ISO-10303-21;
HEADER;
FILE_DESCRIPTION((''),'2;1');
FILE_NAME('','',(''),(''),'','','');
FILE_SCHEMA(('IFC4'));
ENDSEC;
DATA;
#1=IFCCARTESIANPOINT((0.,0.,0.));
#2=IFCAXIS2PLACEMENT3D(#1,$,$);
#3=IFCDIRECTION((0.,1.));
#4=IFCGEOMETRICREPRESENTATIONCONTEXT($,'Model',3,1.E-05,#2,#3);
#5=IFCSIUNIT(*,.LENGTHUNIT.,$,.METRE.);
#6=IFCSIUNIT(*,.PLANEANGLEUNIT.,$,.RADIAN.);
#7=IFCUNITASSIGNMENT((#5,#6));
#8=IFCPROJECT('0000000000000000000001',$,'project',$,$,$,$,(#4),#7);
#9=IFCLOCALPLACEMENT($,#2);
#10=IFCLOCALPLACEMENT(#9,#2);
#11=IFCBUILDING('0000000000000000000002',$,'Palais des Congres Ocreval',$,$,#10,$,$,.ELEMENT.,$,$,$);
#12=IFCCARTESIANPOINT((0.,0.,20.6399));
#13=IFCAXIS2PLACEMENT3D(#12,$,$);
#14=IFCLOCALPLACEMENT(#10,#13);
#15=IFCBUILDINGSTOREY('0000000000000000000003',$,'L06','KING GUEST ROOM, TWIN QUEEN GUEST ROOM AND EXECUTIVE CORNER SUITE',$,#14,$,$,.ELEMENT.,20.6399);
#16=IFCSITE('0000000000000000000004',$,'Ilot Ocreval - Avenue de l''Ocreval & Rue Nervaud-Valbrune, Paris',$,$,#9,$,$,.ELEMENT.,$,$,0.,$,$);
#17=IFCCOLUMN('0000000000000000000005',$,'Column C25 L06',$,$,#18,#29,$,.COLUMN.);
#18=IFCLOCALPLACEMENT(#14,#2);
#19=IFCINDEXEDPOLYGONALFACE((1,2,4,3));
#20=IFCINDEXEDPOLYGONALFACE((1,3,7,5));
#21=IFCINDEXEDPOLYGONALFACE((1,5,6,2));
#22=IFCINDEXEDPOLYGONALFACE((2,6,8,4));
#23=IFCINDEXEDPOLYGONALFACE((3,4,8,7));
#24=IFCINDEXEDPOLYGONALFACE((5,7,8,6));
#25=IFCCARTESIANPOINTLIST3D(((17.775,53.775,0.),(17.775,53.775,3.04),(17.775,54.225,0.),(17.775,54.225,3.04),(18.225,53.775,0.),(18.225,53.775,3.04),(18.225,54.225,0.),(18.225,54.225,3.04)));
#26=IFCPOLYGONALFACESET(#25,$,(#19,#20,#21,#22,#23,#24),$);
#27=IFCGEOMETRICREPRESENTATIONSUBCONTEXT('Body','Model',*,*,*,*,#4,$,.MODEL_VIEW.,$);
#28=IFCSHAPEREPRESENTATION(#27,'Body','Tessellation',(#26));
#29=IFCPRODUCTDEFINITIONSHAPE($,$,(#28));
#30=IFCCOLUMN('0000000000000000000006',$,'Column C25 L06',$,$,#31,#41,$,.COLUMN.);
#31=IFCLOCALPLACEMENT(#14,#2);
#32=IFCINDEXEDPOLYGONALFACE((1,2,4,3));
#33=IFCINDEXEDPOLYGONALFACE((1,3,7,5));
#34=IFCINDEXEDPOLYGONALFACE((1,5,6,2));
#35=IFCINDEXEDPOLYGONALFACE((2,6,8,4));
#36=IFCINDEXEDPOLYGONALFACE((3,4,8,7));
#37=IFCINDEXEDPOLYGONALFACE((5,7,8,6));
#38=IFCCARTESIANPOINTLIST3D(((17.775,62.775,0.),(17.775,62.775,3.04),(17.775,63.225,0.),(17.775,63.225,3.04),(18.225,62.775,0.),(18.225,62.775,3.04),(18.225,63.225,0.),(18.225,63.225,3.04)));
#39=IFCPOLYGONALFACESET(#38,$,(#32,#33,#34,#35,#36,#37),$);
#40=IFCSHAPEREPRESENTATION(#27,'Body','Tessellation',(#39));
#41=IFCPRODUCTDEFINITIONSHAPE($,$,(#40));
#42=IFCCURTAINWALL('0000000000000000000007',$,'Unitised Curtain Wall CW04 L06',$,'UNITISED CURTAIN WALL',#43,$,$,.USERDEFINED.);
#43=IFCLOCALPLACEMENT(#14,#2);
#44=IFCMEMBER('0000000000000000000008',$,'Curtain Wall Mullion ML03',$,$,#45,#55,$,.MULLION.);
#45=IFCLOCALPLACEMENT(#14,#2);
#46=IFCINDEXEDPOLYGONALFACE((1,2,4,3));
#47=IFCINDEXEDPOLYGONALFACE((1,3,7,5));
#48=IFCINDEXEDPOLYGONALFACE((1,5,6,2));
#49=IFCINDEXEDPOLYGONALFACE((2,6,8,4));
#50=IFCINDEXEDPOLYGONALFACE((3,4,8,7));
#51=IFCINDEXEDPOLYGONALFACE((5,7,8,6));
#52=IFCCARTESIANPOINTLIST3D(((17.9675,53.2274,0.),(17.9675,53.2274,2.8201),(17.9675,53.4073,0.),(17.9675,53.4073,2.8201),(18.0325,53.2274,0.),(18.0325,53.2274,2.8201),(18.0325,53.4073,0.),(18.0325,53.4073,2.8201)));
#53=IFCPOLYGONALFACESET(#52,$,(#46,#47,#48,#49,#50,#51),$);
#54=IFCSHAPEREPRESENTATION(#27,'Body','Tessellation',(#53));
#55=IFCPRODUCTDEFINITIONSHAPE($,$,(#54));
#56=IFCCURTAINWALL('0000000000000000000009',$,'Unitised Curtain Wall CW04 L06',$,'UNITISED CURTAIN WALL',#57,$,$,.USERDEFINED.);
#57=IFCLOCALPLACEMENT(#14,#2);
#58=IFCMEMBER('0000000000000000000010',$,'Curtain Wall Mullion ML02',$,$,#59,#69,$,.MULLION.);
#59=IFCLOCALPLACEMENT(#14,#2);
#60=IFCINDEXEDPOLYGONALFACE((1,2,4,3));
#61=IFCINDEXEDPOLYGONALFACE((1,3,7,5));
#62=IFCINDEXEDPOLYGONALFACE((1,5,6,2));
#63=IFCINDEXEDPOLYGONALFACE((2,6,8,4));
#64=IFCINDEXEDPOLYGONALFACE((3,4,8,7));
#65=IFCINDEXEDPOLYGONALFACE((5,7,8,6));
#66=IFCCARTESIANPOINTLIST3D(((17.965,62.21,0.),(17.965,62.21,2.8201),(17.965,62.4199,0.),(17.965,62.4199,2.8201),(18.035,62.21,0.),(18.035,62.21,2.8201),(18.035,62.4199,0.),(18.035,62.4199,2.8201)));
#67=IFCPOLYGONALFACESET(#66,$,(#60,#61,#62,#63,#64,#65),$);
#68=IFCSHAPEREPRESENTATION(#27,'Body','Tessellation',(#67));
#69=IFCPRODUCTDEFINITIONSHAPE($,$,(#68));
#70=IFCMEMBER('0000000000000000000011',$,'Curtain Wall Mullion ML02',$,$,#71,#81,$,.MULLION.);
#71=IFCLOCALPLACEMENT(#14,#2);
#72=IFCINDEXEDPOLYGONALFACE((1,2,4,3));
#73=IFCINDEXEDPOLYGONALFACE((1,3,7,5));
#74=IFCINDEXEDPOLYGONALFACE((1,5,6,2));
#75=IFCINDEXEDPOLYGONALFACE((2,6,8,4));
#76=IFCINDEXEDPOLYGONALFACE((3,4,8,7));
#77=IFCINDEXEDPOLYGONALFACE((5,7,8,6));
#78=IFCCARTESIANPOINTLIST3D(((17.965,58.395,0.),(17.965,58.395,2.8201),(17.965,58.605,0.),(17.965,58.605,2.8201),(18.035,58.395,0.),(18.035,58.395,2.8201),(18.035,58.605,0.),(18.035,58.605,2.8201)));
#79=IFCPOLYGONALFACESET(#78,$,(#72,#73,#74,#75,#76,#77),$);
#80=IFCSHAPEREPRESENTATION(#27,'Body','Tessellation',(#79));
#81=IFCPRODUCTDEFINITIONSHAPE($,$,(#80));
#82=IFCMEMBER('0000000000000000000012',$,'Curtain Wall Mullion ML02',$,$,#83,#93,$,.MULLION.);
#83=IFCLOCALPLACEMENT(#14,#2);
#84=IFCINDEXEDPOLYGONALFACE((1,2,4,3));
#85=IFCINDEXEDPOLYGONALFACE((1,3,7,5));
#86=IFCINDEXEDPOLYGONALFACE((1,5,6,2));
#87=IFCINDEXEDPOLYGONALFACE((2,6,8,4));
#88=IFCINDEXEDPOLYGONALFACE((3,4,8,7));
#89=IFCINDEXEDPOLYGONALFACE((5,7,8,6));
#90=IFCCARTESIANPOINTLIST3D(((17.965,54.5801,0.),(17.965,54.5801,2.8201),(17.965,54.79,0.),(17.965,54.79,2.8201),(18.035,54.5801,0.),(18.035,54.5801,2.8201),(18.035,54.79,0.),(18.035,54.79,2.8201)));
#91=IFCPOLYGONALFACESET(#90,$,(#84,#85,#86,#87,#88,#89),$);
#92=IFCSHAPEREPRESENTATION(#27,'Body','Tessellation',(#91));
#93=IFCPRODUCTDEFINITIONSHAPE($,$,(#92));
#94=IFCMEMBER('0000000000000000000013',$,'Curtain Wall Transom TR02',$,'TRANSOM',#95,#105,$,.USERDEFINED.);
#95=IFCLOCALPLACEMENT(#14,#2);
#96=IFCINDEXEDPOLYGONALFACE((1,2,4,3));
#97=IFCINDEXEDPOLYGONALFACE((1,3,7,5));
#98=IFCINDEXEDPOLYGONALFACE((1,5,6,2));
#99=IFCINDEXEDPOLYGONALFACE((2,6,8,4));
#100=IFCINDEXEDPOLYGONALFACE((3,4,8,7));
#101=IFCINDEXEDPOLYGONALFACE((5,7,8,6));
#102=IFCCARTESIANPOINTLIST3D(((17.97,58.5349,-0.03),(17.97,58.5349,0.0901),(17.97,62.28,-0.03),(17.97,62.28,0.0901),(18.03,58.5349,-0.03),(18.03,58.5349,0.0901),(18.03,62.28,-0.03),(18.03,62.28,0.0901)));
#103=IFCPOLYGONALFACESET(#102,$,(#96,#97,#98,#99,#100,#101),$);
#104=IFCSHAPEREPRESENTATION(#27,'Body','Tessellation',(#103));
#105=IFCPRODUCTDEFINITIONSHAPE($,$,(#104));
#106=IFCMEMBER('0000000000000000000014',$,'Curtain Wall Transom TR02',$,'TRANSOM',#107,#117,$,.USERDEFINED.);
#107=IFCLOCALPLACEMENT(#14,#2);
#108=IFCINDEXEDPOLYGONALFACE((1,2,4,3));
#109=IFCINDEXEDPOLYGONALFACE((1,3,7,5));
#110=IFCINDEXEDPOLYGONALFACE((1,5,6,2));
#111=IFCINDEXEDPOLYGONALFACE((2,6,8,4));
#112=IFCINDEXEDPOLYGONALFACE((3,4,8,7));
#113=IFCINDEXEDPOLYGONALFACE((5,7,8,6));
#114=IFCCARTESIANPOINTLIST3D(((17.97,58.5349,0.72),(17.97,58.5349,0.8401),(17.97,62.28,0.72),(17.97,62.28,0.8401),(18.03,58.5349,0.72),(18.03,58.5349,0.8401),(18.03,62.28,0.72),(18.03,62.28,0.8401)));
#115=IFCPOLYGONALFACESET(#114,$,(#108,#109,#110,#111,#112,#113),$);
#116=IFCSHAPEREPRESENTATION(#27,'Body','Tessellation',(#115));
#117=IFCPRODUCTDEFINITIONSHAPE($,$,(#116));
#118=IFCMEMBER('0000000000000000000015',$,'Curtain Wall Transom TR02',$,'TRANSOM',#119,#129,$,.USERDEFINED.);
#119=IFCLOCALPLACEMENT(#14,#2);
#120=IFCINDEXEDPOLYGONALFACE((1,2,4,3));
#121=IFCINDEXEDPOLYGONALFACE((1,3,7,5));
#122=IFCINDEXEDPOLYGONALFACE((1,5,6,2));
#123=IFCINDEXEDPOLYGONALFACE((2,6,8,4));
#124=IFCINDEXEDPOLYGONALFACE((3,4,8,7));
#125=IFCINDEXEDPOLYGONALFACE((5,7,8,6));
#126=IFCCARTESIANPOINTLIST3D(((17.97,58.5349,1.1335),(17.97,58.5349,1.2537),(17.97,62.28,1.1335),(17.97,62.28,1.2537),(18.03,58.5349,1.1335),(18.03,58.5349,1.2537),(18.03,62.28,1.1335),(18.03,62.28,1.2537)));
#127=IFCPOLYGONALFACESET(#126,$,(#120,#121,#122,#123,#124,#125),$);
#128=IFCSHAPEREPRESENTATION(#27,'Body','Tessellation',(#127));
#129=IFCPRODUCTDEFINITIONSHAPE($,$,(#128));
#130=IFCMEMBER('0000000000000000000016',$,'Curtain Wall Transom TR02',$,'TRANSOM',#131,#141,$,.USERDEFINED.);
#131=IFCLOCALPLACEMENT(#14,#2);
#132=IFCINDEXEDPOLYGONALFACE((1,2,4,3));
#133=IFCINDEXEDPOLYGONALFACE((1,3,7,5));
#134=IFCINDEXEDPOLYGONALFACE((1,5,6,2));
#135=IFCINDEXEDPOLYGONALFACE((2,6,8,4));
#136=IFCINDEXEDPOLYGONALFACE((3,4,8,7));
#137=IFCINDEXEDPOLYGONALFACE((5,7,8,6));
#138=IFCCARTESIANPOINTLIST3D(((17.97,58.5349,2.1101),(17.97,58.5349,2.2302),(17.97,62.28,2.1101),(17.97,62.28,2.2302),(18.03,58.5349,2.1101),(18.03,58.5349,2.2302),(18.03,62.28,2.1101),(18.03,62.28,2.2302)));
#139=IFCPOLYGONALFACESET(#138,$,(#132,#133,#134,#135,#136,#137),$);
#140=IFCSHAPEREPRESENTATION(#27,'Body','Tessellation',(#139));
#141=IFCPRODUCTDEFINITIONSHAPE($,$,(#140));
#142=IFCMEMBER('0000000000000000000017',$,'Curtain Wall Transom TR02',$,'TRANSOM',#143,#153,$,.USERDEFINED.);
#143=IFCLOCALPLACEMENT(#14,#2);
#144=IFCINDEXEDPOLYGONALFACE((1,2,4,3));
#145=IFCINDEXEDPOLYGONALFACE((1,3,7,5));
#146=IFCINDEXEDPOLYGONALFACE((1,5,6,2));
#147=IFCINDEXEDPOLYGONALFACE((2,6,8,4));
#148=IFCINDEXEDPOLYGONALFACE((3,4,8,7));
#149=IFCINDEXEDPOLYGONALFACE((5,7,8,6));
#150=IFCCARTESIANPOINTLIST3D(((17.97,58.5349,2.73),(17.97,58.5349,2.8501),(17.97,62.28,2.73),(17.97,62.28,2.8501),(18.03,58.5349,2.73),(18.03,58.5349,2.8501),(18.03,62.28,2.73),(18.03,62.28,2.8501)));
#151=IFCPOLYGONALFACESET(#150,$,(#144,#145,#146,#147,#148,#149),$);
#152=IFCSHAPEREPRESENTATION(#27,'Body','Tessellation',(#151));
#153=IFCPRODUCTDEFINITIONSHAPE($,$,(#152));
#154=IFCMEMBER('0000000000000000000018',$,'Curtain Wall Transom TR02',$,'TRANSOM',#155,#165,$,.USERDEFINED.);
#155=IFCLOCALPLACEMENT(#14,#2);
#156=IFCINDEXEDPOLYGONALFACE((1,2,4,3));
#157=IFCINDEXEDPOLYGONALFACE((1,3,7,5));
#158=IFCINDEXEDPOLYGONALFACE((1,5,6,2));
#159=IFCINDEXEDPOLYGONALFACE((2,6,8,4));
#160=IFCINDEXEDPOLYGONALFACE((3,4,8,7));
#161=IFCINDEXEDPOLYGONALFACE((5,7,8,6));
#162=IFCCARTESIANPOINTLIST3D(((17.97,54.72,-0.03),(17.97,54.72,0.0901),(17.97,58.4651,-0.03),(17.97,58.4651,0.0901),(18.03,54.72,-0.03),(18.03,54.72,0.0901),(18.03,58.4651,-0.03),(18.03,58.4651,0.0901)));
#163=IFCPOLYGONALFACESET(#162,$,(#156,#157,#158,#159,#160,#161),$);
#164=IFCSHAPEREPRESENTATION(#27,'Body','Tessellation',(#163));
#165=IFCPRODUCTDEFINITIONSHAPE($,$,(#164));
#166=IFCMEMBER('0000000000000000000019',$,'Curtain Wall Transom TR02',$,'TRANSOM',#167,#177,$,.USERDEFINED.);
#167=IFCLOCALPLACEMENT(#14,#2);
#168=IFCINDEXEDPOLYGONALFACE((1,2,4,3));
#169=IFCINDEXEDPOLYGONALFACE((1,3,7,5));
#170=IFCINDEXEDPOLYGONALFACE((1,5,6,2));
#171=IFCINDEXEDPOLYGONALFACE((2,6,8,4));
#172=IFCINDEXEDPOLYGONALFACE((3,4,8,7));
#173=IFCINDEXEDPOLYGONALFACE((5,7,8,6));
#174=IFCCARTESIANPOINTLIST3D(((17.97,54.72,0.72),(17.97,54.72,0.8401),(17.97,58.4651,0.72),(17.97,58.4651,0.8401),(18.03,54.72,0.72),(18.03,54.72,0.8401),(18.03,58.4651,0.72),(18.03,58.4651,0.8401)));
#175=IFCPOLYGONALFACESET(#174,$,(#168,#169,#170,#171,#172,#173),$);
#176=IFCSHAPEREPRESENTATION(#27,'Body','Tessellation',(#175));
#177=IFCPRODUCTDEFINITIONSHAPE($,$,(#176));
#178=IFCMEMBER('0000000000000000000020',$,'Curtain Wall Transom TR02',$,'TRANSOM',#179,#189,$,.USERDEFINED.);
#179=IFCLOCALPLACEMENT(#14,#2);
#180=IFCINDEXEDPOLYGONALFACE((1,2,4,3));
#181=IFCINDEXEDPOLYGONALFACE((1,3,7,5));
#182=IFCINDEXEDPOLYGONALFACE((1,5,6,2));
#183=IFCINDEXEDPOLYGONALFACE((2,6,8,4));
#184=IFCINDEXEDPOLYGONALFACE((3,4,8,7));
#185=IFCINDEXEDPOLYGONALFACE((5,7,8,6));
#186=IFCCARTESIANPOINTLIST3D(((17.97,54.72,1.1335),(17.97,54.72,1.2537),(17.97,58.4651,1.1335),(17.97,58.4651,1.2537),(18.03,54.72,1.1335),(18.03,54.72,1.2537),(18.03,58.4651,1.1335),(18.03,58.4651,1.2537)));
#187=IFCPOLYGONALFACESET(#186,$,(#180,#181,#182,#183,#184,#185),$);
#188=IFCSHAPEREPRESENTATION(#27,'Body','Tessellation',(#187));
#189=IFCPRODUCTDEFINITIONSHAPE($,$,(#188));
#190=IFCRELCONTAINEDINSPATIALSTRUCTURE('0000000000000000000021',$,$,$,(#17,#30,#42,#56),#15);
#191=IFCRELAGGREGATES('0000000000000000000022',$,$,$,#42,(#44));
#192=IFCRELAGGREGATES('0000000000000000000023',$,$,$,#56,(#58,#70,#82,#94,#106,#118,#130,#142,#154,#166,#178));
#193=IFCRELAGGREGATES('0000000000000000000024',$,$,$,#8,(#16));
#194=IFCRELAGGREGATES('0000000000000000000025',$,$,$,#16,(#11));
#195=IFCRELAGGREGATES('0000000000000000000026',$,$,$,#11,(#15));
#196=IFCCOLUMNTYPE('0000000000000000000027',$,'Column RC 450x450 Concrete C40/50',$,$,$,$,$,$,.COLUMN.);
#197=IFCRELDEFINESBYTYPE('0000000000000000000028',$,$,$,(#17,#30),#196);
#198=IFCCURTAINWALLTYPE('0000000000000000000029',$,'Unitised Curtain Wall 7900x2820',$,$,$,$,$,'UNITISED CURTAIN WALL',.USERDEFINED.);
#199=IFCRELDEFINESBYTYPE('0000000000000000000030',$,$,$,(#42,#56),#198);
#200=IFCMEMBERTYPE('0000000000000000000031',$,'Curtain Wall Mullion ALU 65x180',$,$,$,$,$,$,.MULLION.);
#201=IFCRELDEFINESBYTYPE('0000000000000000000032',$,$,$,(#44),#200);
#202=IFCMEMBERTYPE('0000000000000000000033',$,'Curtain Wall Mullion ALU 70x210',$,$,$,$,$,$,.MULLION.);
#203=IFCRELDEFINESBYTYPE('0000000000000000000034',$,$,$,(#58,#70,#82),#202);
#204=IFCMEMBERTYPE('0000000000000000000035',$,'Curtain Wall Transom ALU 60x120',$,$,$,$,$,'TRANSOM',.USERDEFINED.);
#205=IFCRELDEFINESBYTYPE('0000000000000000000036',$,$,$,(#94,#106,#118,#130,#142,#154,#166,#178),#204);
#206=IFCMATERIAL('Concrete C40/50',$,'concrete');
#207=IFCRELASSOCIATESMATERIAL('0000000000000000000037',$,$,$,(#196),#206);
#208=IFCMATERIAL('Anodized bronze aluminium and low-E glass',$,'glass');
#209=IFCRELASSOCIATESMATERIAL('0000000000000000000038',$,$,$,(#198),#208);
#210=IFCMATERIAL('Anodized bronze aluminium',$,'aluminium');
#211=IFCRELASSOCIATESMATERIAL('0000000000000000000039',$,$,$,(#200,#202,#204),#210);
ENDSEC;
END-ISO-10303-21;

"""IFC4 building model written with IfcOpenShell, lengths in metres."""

from ifc_helpers import new_model, si_unit, direction, frame, origin, origin_2d, place, context, subcontext, project, spatial, rectangle, extrude, material, material_profile, profile_set, type_object, element, aggregate, save


model = new_model("IFC4")

# Units and contexts
model_context = context("Model", 3, precision=1e-05, world=origin(), true_north=direction((0.0, 1.0)))
body_context = subcontext(model_context, "Body", "Model", "MODEL_VIEW")
ifc_project = project(units=[si_unit("LENGTHUNIT", "METRE"), si_unit("PLANEANGLEUNIT", "RADIAN")], contexts=[model_context])

# Site, building, storey
site_placement = place(None, origin())
site = spatial("IfcSite", under=ifc_project, at=site_placement, Name="Ilot Ocreval - Avenue de l'Ocreval & Rue Nervaud-Valbrune, Paris", CompositionType="ELEMENT", RefElevation=0.0)
building_placement = place(site_placement, origin())
building = spatial("IfcBuilding", under=site, at=building_placement, Name="Palais des Congres Ocreval", CompositionType="ELEMENT")
storey_placement = place(building_placement, frame((0.0, 0.0, 20.6399)))
storey = spatial("IfcBuildingStorey", under=building, at=storey_placement, Name="L06", Description="KING GUEST ROOM, TWIN QUEEN GUEST ROOM AND EXECUTIVE CORNER SUITE", CompositionType="ELEMENT", Elevation=20.6399)

# Columns
ifc_material_1 = material(Name="Concrete C40/50", Category="concrete")
ifc_material_profile_1 = material_profile(ifc_material_1, rectangle(XDim=0.45, YDim=0.45, at=origin_2d()), Name="RC 450x450")
ifc_profile_set_1 = profile_set([ifc_material_profile_1], Name="Concrete C40/50")
column_type = type_object("IfcColumnType", Name="Column RC 450x450 Concrete C40/50", PredefinedType="COLUMN", material=ifc_profile_set_1)
for number, where, z_axis, x_axis, name in (
    (1, (18.0, 54.0, 0.0), (0.0, 0.0, 1.0), (1.0, 0.0, 0.0), "Column C25 L06"),
    (2, (18.0, 63.0, 0.0), (0.0, 0.0, 1.0), (1.0, 0.0, 0.0), "Column C25 L06"),
):
    element("IfcColumn", number, at=place(storey_placement, frame(where, z_axis=z_axis, x_axis=x_axis)), inside=storey, type_object=column_type, Name=name, PredefinedType="COLUMN", context=body_context, shape_type="SweptSolid", body=[
        extrude(rectangle(XDim=0.45, YDim=0.45, at=origin_2d()), origin(), (0.0, 0.0, 1.0), 3.04),
    ])

# Curtain wall, member
ifc_material_2 = material(Name="Anodized bronze aluminium and low-E glass", Category="glass")
curtain_wall_type = type_object("IfcCurtainWallType", Name="Unitised Curtain Wall 7900x2820", ElementType="UNITISED CURTAIN WALL", PredefinedType="USERDEFINED", material=ifc_material_2)
curtain_wall_1_placement = place(storey_placement, origin())
curtain_wall_1 = element("IfcCurtainWall", 3, at=curtain_wall_1_placement, inside=storey, type_object=curtain_wall_type, Name="Unitised Curtain Wall CW04 L06", ObjectType="UNITISED CURTAIN WALL", PredefinedType="USERDEFINED")
ifc_material_3 = material(Name="Anodized bronze aluminium", Category="aluminium")
ifc_material_profile_2 = material_profile(ifc_material_3, rectangle(XDim=0.0649, YDim=0.1799, at=origin_2d()), Name="ALU 65x180")
ifc_profile_set_2 = profile_set([ifc_material_profile_2], Name="Anodized bronze aluminium")
member_type_1 = type_object("IfcMemberType", Name="Curtain Wall Mullion ALU 65x180", PredefinedType="MULLION", material=ifc_profile_set_2)
member_1_placement = place(storey_placement, frame((18.0, 53.3174, 0.0), z_axis=(0.0, 0.0, 1.0), x_axis=(1.0, 0.0, 0.0)))
member_1 = element("IfcMember", 4, at=member_1_placement, type_object=member_type_1, Name="Curtain Wall Mullion ML03", PredefinedType="MULLION", context=body_context, shape_type="SweptSolid", body=[
    extrude(rectangle(XDim=0.0649, YDim=0.1799, at=origin_2d()), origin(), (0.0, 0.0, 1.0), 2.8201),
])

# Curtain wall, members
curtain_wall_2_placement = place(storey_placement, origin())
curtain_wall_2 = element("IfcCurtainWall", 5, at=curtain_wall_2_placement, inside=storey, type_object=curtain_wall_type, Name="Unitised Curtain Wall CW04 L06", ObjectType="UNITISED CURTAIN WALL", PredefinedType="USERDEFINED")
ifc_material_profile_3 = material_profile(ifc_material_3, rectangle(XDim=0.0701, YDim=0.21, at=origin_2d()), Name="ALU 70x210")
ifc_profile_set_3 = profile_set([ifc_material_profile_3], Name="Anodized bronze aluminium")
member_type_2 = type_object("IfcMemberType", Name="Curtain Wall Mullion ALU 70x210", PredefinedType="MULLION", material=ifc_profile_set_3)
member_2_placement = place(storey_placement, frame((18.0, 62.3149, 0.0), z_axis=(0.0, 0.0, 1.0), x_axis=(1.0, 0.0, 0.0)))
member_2 = element("IfcMember", 6, at=member_2_placement, type_object=member_type_2, Name="Curtain Wall Mullion ML02", PredefinedType="MULLION", context=body_context, shape_type="SweptSolid", body=[
    extrude(rectangle(XDim=0.0701, YDim=0.21, at=origin_2d()), origin(), (0.0, 0.0, 1.0), 2.8201),
])
member_3_placement = place(storey_placement, frame((18.0, 58.5, 0.0), z_axis=(0.0, 0.0, 1.0), x_axis=(1.0, 0.0, 0.0)))
member_3 = element("IfcMember", 7, at=member_3_placement, type_object=member_type_2, Name="Curtain Wall Mullion ML02", PredefinedType="MULLION", context=body_context, shape_type="SweptSolid", body=[
    extrude(rectangle(XDim=0.0701, YDim=0.21, at=origin_2d()), origin(), (0.0, 0.0, 1.0), 2.8201),
])
member_4_placement = place(storey_placement, frame((18.0, 54.6851, 0.0), z_axis=(0.0, 0.0, 1.0), x_axis=(1.0, 0.0, 0.0)))
member_4 = element("IfcMember", 8, at=member_4_placement, type_object=member_type_2, Name="Curtain Wall Mullion ML02", PredefinedType="MULLION", context=body_context, shape_type="SweptSolid", body=[
    extrude(rectangle(XDim=0.0701, YDim=0.21, at=origin_2d()), origin(), (0.0, 0.0, 1.0), 2.8201),
])
ifc_material_profile_4 = material_profile(ifc_material_3, rectangle(XDim=0.0601, YDim=0.1201, at=origin_2d()), Name="ALU 60x120")
ifc_profile_set_4 = profile_set([ifc_material_profile_4], Name="Anodized bronze aluminium")
member_type_3 = type_object("IfcMemberType", Name="Curtain Wall Transom ALU 60x120", ElementType="TRANSOM", PredefinedType="USERDEFINED", material=ifc_profile_set_4)
member_5_placement = place(storey_placement, frame((18.0, 62.28, 0.03), z_axis=(0.0, -1.0, 0.0), x_axis=(1.0, 0.0, 0.0)))
member_5 = element("IfcMember", 9, at=member_5_placement, type_object=member_type_3, Name="Curtain Wall Transom TR02", ObjectType="TRANSOM", PredefinedType="USERDEFINED", context=body_context, shape_type="SweptSolid", body=[
    extrude(rectangle(XDim=0.0601, YDim=0.1201, at=origin_2d()), origin(), (0.0, 0.0, 1.0), 3.7451),
])
member_6_placement = place(storey_placement, frame((18.0, 62.28, 0.78), z_axis=(0.0, -1.0, 0.0), x_axis=(1.0, 0.0, 0.0)))
member_6 = element("IfcMember", 10, at=member_6_placement, type_object=member_type_3, Name="Curtain Wall Transom TR02", ObjectType="TRANSOM", PredefinedType="USERDEFINED", context=body_context, shape_type="SweptSolid", body=[
    extrude(rectangle(XDim=0.0601, YDim=0.1201, at=origin_2d()), origin(), (0.0, 0.0, 1.0), 3.7451),
])
member_7_placement = place(storey_placement, frame((18.0, 62.28, 1.1936), z_axis=(0.0, -1.0, 0.0), x_axis=(1.0, 0.0, 0.0)))
member_7 = element("IfcMember", 11, at=member_7_placement, type_object=member_type_3, Name="Curtain Wall Transom TR02", ObjectType="TRANSOM", PredefinedType="USERDEFINED", context=body_context, shape_type="SweptSolid", body=[
    extrude(rectangle(XDim=0.0601, YDim=0.1201, at=origin_2d()), origin(), (0.0, 0.0, 1.0), 3.7451),
])
member_8_placement = place(storey_placement, frame((18.0, 62.28, 2.1702), z_axis=(0.0, -1.0, 0.0), x_axis=(1.0, 0.0, 0.0)))
member_8 = element("IfcMember", 12, at=member_8_placement, type_object=member_type_3, Name="Curtain Wall Transom TR02", ObjectType="TRANSOM", PredefinedType="USERDEFINED", context=body_context, shape_type="SweptSolid", body=[
    extrude(rectangle(XDim=0.0601, YDim=0.1201, at=origin_2d()), origin(), (0.0, 0.0, 1.0), 3.7451),
])
member_9_placement = place(storey_placement, frame((18.0, 62.28, 2.79), z_axis=(0.0, -1.0, 0.0), x_axis=(1.0, 0.0, 0.0)))
member_9 = element("IfcMember", 13, at=member_9_placement, type_object=member_type_3, Name="Curtain Wall Transom TR02", ObjectType="TRANSOM", PredefinedType="USERDEFINED", context=body_context, shape_type="SweptSolid", body=[
    extrude(rectangle(XDim=0.0601, YDim=0.1201, at=origin_2d()), origin(), (0.0, 0.0, 1.0), 3.7451),
])
member_10_placement = place(storey_placement, frame((18.0, 58.4651, 0.03), z_axis=(0.0, -1.0, 0.0), x_axis=(1.0, 0.0, 0.0)))
member_10 = element("IfcMember", 14, at=member_10_placement, type_object=member_type_3, Name="Curtain Wall Transom TR02", ObjectType="TRANSOM", PredefinedType="USERDEFINED", context=body_context, shape_type="SweptSolid", body=[
    extrude(rectangle(XDim=0.0601, YDim=0.1201, at=origin_2d()), origin(), (0.0, 0.0, 1.0), 3.7451),
])
member_11_placement = place(storey_placement, frame((18.0, 58.4651, 0.78), z_axis=(0.0, -1.0, 0.0), x_axis=(1.0, 0.0, 0.0)))
member_11 = element("IfcMember", 15, at=member_11_placement, type_object=member_type_3, Name="Curtain Wall Transom TR02", ObjectType="TRANSOM", PredefinedType="USERDEFINED", context=body_context, shape_type="SweptSolid", body=[
    extrude(rectangle(XDim=0.0601, YDim=0.1201, at=origin_2d()), origin(), (0.0, 0.0, 1.0), 3.7451),
])
member_12_placement = place(storey_placement, frame((18.0, 58.4651, 1.1936), z_axis=(0.0, -1.0, 0.0), x_axis=(1.0, 0.0, 0.0)))
member_12 = element("IfcMember", 16, at=member_12_placement, type_object=member_type_3, Name="Curtain Wall Transom TR02", ObjectType="TRANSOM", PredefinedType="USERDEFINED", context=body_context, shape_type="SweptSolid", body=[
    extrude(rectangle(XDim=0.0601, YDim=0.1201, at=origin_2d()), origin(), (0.0, 0.0, 1.0), 3.7451),
])

aggregate(curtain_wall_1, [member_1])

aggregate(curtain_wall_2, [member_2, member_3, member_4, member_5, member_6, member_7, member_8, member_9, member_10, member_11, member_12])

save(model, "model.ifc")
